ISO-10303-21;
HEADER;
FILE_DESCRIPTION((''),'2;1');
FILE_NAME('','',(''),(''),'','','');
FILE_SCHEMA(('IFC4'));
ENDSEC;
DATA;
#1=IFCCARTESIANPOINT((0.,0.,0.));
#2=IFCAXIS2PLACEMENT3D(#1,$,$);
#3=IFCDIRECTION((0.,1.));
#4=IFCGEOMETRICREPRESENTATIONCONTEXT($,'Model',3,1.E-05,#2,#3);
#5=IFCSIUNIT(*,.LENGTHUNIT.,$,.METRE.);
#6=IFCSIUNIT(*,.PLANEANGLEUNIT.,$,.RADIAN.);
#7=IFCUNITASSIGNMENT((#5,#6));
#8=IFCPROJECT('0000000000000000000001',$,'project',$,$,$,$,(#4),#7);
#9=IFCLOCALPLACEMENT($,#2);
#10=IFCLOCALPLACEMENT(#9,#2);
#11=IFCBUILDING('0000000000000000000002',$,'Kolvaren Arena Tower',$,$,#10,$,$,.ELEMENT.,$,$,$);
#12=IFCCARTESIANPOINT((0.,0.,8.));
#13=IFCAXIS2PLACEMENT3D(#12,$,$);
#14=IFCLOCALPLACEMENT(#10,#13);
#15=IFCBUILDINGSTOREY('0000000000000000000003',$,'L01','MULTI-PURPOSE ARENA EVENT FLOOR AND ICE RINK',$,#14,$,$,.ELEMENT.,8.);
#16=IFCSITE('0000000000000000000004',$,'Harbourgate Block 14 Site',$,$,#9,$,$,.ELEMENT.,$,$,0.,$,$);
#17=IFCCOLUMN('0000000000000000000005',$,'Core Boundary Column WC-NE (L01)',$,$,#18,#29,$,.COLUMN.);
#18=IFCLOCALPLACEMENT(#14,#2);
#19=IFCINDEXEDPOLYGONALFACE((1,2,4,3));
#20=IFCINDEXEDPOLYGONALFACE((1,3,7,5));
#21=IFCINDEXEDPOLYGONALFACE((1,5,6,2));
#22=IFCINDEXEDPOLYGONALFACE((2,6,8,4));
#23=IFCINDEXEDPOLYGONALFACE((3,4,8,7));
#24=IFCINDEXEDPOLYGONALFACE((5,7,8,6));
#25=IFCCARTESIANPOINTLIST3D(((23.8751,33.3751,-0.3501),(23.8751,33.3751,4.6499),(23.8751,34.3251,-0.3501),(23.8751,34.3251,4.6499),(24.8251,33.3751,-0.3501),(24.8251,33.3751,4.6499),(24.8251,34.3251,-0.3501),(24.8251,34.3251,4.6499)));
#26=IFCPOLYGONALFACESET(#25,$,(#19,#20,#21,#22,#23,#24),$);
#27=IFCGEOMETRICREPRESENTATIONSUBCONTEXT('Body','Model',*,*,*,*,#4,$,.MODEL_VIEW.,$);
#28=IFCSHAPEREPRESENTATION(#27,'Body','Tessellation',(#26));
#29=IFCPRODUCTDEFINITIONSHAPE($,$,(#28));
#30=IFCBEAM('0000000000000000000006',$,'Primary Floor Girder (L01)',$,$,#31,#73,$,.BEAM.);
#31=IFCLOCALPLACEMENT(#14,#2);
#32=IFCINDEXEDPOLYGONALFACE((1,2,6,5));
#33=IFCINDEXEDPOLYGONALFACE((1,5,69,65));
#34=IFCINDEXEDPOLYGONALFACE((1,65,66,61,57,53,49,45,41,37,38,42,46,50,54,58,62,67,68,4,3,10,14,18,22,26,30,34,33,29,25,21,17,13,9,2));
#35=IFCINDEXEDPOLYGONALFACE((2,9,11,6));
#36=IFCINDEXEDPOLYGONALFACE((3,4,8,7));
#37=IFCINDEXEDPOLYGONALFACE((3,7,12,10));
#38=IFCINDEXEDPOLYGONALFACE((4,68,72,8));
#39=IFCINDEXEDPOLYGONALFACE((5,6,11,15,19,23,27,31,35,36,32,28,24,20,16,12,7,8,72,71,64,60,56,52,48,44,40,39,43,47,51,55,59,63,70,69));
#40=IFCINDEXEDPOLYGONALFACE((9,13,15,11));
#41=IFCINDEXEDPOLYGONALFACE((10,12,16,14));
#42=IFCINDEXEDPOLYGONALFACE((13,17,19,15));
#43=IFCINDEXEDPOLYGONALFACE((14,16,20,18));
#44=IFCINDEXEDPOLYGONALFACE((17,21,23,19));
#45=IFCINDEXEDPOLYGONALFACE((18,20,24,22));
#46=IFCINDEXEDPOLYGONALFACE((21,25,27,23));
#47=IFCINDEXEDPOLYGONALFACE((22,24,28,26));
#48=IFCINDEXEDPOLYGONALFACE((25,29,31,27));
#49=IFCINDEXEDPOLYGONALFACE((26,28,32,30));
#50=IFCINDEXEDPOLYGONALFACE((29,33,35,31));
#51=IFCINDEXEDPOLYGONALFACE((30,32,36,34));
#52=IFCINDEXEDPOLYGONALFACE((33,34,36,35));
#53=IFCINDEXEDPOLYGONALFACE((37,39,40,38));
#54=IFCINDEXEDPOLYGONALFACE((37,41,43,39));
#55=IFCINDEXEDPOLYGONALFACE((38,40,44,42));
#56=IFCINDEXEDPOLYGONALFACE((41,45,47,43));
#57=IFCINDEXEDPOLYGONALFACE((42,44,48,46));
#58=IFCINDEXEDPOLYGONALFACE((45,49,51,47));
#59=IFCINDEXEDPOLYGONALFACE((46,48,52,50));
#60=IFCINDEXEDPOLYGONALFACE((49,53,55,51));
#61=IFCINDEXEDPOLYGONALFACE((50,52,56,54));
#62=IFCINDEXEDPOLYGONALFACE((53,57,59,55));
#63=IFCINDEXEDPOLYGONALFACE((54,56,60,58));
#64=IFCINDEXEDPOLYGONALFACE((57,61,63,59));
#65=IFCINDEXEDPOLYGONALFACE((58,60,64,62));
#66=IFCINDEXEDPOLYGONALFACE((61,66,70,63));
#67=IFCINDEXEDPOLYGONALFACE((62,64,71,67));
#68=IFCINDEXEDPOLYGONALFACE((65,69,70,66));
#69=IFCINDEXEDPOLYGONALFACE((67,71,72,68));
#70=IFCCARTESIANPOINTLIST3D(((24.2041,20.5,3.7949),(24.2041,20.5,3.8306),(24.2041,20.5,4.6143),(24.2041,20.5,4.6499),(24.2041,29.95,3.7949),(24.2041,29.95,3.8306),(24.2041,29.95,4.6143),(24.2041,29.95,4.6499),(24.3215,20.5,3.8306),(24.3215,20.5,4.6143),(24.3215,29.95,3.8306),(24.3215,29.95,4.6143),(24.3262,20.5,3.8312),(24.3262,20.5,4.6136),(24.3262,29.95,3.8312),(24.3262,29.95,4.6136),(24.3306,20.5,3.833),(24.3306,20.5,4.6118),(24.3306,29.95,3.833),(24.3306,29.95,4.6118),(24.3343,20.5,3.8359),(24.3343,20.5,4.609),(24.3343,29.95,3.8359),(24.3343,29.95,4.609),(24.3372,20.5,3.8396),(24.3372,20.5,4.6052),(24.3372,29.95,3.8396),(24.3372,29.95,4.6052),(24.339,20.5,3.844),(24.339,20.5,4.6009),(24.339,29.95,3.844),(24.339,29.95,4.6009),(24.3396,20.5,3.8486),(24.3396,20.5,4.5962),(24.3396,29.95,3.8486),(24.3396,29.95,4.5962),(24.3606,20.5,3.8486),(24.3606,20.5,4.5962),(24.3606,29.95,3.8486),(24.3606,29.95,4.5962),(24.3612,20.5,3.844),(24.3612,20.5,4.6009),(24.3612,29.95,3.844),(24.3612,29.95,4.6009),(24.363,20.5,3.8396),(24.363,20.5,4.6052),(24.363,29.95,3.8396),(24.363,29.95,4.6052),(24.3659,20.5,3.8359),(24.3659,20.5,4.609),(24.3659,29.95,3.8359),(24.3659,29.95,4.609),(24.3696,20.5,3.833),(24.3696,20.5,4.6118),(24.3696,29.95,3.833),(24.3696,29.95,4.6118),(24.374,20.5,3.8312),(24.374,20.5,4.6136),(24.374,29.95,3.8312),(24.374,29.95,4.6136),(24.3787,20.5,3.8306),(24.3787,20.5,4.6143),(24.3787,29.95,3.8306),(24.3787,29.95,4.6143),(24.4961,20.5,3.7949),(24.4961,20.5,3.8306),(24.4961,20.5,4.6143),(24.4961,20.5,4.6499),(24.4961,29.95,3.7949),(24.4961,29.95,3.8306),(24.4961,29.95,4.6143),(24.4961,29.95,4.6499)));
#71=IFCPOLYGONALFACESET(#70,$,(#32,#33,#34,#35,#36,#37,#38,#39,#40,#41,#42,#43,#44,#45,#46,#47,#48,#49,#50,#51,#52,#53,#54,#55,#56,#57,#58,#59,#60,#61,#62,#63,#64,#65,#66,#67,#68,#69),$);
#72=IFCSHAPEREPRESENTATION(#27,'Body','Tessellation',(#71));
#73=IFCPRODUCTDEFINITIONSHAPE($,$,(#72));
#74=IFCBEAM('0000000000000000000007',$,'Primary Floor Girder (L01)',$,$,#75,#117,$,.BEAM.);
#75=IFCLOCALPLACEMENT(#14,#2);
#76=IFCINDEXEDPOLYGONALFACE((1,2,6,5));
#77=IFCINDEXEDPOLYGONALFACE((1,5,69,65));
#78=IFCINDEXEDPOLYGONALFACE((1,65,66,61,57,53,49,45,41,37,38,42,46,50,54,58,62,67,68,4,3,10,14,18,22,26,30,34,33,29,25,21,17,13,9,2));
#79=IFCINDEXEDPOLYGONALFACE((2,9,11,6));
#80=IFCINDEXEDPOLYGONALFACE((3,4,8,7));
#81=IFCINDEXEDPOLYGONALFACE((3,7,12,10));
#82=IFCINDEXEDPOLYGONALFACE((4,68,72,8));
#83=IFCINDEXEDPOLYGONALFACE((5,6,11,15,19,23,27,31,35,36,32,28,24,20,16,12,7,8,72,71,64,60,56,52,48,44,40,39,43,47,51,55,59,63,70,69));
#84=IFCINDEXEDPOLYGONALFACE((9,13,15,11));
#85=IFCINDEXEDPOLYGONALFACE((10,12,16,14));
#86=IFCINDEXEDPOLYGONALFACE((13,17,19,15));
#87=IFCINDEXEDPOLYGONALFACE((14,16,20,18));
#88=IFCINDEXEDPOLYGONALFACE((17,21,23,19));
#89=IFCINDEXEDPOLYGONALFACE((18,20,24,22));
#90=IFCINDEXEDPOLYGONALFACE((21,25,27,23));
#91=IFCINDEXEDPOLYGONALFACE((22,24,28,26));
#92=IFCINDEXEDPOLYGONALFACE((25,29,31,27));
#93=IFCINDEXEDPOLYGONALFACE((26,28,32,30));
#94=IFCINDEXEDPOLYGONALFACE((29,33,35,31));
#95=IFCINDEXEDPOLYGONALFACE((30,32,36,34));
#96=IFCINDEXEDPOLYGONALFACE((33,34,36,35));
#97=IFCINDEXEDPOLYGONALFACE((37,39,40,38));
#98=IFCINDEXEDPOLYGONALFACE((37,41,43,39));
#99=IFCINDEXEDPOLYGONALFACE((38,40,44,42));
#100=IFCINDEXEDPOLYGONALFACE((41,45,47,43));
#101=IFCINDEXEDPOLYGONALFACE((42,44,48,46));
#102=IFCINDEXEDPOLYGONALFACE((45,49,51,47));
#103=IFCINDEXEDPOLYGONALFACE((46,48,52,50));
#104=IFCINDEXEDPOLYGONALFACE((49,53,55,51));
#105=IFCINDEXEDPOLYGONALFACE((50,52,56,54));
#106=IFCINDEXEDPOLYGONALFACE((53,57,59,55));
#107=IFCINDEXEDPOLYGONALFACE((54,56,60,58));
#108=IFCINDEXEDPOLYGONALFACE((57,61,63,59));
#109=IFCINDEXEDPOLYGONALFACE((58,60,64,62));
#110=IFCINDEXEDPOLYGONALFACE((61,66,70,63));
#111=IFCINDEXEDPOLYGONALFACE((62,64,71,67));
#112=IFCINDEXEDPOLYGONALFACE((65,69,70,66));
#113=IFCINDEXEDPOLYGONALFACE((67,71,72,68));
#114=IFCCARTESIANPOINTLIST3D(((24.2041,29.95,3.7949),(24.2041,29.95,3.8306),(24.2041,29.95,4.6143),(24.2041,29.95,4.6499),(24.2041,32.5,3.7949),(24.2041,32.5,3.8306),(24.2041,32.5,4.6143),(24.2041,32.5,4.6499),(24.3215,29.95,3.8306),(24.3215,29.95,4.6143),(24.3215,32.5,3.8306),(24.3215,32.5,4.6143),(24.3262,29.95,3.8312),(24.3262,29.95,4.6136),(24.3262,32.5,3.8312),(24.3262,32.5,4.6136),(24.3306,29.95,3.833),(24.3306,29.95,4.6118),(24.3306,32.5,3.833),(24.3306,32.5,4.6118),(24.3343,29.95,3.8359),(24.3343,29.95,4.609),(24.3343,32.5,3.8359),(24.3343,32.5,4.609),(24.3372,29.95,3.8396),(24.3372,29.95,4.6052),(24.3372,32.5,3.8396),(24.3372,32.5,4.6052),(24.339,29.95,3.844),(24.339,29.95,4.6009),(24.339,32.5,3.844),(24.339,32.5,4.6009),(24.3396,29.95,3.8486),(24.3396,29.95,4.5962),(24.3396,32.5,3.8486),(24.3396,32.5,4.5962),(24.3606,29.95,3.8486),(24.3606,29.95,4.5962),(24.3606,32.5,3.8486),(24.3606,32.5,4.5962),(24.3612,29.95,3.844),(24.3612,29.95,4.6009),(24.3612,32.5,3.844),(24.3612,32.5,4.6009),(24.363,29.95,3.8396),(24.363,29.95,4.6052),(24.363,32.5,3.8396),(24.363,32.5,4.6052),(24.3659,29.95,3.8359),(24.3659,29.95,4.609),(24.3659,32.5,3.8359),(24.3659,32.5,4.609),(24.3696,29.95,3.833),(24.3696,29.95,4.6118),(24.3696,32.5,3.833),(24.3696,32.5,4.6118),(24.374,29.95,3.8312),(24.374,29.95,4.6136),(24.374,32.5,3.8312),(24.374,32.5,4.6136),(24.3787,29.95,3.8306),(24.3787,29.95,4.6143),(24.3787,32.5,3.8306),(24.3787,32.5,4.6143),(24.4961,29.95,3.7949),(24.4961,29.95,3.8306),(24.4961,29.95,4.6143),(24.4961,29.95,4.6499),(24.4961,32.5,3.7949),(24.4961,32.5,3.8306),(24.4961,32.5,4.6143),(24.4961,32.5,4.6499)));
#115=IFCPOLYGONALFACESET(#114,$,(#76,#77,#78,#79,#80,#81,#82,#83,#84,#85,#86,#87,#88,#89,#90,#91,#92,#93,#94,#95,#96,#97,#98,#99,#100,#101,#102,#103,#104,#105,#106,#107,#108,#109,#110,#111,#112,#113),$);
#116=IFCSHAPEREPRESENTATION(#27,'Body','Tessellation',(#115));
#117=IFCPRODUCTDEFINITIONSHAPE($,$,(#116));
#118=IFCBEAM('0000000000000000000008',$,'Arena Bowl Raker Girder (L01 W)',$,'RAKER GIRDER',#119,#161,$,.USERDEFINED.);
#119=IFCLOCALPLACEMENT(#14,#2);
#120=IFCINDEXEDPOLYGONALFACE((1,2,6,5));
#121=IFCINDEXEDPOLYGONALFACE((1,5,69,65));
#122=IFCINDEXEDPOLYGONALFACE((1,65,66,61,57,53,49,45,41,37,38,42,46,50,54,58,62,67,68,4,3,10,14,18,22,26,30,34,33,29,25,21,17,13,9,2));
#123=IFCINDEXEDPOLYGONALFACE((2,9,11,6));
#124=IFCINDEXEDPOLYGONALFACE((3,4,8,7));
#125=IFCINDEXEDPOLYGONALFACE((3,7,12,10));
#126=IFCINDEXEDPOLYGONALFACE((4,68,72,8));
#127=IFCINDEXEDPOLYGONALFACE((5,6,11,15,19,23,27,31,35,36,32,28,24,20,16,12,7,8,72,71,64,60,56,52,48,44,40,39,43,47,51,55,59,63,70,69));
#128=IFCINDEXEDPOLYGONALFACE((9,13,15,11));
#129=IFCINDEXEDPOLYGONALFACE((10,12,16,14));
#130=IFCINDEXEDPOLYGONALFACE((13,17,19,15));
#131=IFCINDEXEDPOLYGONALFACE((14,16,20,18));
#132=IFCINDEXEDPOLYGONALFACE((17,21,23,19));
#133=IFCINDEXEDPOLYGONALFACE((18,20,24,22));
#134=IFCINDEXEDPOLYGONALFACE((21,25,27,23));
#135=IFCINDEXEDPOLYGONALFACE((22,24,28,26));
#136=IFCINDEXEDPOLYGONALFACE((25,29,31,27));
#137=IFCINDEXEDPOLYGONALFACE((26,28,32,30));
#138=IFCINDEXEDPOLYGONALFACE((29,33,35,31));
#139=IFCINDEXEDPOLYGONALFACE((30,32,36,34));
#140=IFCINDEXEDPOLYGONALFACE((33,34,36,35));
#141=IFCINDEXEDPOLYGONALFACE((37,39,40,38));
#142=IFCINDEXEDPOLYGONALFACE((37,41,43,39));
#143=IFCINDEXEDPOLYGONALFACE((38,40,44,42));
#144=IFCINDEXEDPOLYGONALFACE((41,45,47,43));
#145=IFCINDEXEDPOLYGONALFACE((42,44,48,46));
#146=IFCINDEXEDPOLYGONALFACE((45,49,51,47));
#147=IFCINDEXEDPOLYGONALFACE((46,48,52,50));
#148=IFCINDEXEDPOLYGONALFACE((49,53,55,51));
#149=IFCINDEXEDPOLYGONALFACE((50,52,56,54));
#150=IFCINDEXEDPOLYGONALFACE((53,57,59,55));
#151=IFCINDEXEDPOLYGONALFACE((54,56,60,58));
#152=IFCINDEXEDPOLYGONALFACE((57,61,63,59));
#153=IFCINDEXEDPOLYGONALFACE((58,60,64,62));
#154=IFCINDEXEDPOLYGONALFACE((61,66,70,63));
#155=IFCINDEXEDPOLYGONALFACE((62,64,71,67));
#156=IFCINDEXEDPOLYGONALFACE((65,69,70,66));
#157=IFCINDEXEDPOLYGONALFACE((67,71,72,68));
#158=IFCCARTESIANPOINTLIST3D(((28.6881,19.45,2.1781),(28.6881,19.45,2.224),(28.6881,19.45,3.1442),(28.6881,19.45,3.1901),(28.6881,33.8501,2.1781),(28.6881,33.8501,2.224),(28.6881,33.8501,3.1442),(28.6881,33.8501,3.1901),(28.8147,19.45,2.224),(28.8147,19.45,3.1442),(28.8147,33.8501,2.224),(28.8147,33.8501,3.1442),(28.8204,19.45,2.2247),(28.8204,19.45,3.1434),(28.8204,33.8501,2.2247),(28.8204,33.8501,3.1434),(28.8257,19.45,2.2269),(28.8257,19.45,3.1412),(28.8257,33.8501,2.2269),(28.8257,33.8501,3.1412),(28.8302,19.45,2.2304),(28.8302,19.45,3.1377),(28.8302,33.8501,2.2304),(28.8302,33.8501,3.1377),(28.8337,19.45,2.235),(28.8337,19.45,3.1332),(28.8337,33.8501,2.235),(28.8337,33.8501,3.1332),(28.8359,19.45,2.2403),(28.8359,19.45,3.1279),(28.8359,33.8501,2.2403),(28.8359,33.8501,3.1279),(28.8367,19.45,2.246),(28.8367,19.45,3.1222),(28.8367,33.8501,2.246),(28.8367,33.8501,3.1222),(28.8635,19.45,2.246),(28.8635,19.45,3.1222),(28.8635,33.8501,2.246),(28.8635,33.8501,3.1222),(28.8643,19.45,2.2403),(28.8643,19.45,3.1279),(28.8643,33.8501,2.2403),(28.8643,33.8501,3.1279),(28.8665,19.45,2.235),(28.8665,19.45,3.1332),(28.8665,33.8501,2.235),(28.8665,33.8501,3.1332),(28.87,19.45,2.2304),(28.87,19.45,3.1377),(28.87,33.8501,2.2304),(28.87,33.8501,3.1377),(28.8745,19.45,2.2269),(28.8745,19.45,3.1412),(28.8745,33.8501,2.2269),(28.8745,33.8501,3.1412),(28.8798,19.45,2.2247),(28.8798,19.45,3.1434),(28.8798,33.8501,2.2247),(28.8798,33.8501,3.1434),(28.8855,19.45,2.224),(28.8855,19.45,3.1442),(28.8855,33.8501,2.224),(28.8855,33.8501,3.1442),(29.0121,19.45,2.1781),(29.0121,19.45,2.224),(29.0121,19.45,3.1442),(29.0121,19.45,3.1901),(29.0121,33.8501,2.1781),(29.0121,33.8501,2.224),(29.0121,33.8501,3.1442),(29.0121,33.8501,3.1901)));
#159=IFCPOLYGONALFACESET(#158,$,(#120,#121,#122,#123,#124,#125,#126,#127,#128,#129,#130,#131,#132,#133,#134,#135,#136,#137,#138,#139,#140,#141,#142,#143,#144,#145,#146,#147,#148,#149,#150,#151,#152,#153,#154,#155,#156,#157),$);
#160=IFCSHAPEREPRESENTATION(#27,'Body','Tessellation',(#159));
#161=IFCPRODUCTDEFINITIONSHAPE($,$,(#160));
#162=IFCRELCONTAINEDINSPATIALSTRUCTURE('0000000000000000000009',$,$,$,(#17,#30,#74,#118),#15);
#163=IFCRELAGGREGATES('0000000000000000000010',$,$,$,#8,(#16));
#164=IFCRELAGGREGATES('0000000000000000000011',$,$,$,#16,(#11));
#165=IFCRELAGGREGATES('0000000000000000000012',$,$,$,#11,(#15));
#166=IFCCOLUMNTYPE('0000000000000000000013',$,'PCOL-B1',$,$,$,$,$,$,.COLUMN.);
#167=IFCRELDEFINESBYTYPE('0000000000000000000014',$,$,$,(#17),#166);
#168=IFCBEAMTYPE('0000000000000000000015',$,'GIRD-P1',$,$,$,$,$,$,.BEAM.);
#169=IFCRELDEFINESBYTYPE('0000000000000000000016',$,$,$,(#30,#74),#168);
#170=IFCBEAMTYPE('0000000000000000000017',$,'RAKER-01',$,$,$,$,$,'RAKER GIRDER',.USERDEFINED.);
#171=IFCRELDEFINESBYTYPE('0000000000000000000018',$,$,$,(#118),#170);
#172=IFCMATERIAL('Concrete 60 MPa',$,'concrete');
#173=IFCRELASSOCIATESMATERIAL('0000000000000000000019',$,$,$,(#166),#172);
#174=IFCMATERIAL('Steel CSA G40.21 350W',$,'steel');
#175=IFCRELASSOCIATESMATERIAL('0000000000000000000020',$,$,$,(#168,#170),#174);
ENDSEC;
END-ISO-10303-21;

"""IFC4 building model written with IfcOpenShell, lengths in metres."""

from ifc_helpers import new_model, si_unit, direction, frame, origin, origin_2d, place, context, subcontext, project, spatial, rectangle, i_section, extrude, material, material_profile, profile_set, type_object, element, save


model = new_model("IFC4")

# Units and contexts
model_context = context("Model", 3, precision=1e-05, world=origin(), true_north=direction((0.0, 1.0)))
body_context = subcontext(model_context, "Body", "Model", "MODEL_VIEW")
ifc_project = project(units=[si_unit("LENGTHUNIT", "METRE"), si_unit("PLANEANGLEUNIT", "RADIAN")], contexts=[model_context])

# Site, building, storey
site_placement = place(None, origin())
site = spatial("IfcSite", under=ifc_project, at=site_placement, Name="Harbourgate Block 14 Site", CompositionType="ELEMENT", RefElevation=0.0)
building_placement = place(site_placement, origin())
building = spatial("IfcBuilding", under=site, at=building_placement, Name="Kolvaren Arena Tower", CompositionType="ELEMENT")
storey_placement = place(building_placement, frame((0.0, 0.0, 8.0)))
storey = spatial("IfcBuildingStorey", under=building, at=storey_placement, Name="L01", Description="MULTI-PURPOSE ARENA EVENT FLOOR AND ICE RINK", CompositionType="ELEMENT", Elevation=8.0)

# Column
ifc_material_1 = material(Name="Concrete 60 MPa", Category="concrete")
ifc_material_profile_1 = material_profile(ifc_material_1, rectangle(XDim=0.95, YDim=0.95, at=origin_2d()), Name="RC-950x950")
ifc_profile_set_1 = profile_set([ifc_material_profile_1], Name="Concrete 60 MPa")
column_type = type_object("IfcColumnType", Name="PCOL-B1", PredefinedType="COLUMN", material=ifc_profile_set_1)
column_placement = place(storey_placement, frame((24.3501, 33.8501, -0.3501), z_axis=(0.0, 0.0, 1.0), x_axis=(1.0, 0.0, 0.0)))
element("IfcColumn", 1, at=column_placement, inside=storey, type_object=column_type, Name="Core Boundary Column WC-NE (L01)", PredefinedType="COLUMN", context=body_context, shape_type="SweptSolid", body=[
    extrude(rectangle(XDim=0.95, YDim=0.95, at=origin_2d()), origin(), (0.0, 0.0, 1.0), 5.0),
])

# Beams
ifc_material_2 = material(Name="Steel CSA G40.21 350W", Category="steel")
ifc_material_profile_2 = material_profile(ifc_material_2, i_section(OverallWidth=0.292, OverallDepth=0.855, WebThickness=0.021, FlangeThickness=0.0356, FilletRadius=0.0181, at=origin_2d()), Name="W840x299")
ifc_profile_set_2 = profile_set([ifc_material_profile_2], Name="Steel CSA G40.21 350W")
beam_type_1 = type_object("IfcBeamType", Name="GIRD-P1", PredefinedType="BEAM", material=ifc_profile_set_2)
beam_1_placement = place(storey_placement, frame((24.3501, 20.5, 4.2224), z_axis=(0.0, 1.0, 0.0), x_axis=(-1.0, 0.0, 0.0)))
element("IfcBeam", 2, at=beam_1_placement, inside=storey, type_object=beam_type_1, Name="Primary Floor Girder (L01)", PredefinedType="BEAM", context=body_context, shape_type="SweptSolid", body=[
    extrude(i_section(OverallWidth=0.292, OverallDepth=0.855, WebThickness=0.021, FlangeThickness=0.0356, FilletRadius=0.0181, at=origin_2d()), origin(), (0.0, 0.0, 1.0), 9.45),
])
beam_2_placement = place(storey_placement, frame((24.3501, 29.95, 4.2224), z_axis=(0.0, 1.0, 0.0), x_axis=(-1.0, 0.0, 0.0)))
element("IfcBeam", 3, at=beam_2_placement, inside=storey, type_object=beam_type_1, Name="Primary Floor Girder (L01)", PredefinedType="BEAM", context=body_context, shape_type="SweptSolid", body=[
    extrude(i_section(OverallWidth=0.292, OverallDepth=0.855, WebThickness=0.021, FlangeThickness=0.0356, FilletRadius=0.0181, at=origin_2d()), origin(), (0.0, 0.0, 1.0), 2.55),
])
ifc_material_profile_3 = material_profile(ifc_material_2, i_section(OverallWidth=0.324, OverallDepth=1.012, WebThickness=0.0269, FlangeThickness=0.0459, FilletRadius=0.022, at=origin_2d()), Name="W1000x443")
ifc_profile_set_3 = profile_set([ifc_material_profile_3], Name="Steel CSA G40.21 350W")
beam_type_2 = type_object("IfcBeamType", Name="RAKER-01", ElementType="RAKER GIRDER", PredefinedType="USERDEFINED", material=ifc_profile_set_3)
beam_3_placement = place(storey_placement, frame((28.8501, 19.45, 2.6841), z_axis=(0.0, 1.0, 0.0), x_axis=(-1.0, 0.0, 0.0)))
element("IfcBeam", 4, at=beam_3_placement, inside=storey, type_object=beam_type_2, Name="Arena Bowl Raker Girder (L01 W)", ObjectType="RAKER GIRDER", PredefinedType="USERDEFINED", context=body_context, shape_type="SweptSolid", body=[
    extrude(i_section(OverallWidth=0.324, OverallDepth=1.012, WebThickness=0.0269, FlangeThickness=0.0459, FilletRadius=0.022, at=origin_2d()), origin(), (0.0, 0.0, 1.0), 14.4001),
])

save(model, "model.ifc")
